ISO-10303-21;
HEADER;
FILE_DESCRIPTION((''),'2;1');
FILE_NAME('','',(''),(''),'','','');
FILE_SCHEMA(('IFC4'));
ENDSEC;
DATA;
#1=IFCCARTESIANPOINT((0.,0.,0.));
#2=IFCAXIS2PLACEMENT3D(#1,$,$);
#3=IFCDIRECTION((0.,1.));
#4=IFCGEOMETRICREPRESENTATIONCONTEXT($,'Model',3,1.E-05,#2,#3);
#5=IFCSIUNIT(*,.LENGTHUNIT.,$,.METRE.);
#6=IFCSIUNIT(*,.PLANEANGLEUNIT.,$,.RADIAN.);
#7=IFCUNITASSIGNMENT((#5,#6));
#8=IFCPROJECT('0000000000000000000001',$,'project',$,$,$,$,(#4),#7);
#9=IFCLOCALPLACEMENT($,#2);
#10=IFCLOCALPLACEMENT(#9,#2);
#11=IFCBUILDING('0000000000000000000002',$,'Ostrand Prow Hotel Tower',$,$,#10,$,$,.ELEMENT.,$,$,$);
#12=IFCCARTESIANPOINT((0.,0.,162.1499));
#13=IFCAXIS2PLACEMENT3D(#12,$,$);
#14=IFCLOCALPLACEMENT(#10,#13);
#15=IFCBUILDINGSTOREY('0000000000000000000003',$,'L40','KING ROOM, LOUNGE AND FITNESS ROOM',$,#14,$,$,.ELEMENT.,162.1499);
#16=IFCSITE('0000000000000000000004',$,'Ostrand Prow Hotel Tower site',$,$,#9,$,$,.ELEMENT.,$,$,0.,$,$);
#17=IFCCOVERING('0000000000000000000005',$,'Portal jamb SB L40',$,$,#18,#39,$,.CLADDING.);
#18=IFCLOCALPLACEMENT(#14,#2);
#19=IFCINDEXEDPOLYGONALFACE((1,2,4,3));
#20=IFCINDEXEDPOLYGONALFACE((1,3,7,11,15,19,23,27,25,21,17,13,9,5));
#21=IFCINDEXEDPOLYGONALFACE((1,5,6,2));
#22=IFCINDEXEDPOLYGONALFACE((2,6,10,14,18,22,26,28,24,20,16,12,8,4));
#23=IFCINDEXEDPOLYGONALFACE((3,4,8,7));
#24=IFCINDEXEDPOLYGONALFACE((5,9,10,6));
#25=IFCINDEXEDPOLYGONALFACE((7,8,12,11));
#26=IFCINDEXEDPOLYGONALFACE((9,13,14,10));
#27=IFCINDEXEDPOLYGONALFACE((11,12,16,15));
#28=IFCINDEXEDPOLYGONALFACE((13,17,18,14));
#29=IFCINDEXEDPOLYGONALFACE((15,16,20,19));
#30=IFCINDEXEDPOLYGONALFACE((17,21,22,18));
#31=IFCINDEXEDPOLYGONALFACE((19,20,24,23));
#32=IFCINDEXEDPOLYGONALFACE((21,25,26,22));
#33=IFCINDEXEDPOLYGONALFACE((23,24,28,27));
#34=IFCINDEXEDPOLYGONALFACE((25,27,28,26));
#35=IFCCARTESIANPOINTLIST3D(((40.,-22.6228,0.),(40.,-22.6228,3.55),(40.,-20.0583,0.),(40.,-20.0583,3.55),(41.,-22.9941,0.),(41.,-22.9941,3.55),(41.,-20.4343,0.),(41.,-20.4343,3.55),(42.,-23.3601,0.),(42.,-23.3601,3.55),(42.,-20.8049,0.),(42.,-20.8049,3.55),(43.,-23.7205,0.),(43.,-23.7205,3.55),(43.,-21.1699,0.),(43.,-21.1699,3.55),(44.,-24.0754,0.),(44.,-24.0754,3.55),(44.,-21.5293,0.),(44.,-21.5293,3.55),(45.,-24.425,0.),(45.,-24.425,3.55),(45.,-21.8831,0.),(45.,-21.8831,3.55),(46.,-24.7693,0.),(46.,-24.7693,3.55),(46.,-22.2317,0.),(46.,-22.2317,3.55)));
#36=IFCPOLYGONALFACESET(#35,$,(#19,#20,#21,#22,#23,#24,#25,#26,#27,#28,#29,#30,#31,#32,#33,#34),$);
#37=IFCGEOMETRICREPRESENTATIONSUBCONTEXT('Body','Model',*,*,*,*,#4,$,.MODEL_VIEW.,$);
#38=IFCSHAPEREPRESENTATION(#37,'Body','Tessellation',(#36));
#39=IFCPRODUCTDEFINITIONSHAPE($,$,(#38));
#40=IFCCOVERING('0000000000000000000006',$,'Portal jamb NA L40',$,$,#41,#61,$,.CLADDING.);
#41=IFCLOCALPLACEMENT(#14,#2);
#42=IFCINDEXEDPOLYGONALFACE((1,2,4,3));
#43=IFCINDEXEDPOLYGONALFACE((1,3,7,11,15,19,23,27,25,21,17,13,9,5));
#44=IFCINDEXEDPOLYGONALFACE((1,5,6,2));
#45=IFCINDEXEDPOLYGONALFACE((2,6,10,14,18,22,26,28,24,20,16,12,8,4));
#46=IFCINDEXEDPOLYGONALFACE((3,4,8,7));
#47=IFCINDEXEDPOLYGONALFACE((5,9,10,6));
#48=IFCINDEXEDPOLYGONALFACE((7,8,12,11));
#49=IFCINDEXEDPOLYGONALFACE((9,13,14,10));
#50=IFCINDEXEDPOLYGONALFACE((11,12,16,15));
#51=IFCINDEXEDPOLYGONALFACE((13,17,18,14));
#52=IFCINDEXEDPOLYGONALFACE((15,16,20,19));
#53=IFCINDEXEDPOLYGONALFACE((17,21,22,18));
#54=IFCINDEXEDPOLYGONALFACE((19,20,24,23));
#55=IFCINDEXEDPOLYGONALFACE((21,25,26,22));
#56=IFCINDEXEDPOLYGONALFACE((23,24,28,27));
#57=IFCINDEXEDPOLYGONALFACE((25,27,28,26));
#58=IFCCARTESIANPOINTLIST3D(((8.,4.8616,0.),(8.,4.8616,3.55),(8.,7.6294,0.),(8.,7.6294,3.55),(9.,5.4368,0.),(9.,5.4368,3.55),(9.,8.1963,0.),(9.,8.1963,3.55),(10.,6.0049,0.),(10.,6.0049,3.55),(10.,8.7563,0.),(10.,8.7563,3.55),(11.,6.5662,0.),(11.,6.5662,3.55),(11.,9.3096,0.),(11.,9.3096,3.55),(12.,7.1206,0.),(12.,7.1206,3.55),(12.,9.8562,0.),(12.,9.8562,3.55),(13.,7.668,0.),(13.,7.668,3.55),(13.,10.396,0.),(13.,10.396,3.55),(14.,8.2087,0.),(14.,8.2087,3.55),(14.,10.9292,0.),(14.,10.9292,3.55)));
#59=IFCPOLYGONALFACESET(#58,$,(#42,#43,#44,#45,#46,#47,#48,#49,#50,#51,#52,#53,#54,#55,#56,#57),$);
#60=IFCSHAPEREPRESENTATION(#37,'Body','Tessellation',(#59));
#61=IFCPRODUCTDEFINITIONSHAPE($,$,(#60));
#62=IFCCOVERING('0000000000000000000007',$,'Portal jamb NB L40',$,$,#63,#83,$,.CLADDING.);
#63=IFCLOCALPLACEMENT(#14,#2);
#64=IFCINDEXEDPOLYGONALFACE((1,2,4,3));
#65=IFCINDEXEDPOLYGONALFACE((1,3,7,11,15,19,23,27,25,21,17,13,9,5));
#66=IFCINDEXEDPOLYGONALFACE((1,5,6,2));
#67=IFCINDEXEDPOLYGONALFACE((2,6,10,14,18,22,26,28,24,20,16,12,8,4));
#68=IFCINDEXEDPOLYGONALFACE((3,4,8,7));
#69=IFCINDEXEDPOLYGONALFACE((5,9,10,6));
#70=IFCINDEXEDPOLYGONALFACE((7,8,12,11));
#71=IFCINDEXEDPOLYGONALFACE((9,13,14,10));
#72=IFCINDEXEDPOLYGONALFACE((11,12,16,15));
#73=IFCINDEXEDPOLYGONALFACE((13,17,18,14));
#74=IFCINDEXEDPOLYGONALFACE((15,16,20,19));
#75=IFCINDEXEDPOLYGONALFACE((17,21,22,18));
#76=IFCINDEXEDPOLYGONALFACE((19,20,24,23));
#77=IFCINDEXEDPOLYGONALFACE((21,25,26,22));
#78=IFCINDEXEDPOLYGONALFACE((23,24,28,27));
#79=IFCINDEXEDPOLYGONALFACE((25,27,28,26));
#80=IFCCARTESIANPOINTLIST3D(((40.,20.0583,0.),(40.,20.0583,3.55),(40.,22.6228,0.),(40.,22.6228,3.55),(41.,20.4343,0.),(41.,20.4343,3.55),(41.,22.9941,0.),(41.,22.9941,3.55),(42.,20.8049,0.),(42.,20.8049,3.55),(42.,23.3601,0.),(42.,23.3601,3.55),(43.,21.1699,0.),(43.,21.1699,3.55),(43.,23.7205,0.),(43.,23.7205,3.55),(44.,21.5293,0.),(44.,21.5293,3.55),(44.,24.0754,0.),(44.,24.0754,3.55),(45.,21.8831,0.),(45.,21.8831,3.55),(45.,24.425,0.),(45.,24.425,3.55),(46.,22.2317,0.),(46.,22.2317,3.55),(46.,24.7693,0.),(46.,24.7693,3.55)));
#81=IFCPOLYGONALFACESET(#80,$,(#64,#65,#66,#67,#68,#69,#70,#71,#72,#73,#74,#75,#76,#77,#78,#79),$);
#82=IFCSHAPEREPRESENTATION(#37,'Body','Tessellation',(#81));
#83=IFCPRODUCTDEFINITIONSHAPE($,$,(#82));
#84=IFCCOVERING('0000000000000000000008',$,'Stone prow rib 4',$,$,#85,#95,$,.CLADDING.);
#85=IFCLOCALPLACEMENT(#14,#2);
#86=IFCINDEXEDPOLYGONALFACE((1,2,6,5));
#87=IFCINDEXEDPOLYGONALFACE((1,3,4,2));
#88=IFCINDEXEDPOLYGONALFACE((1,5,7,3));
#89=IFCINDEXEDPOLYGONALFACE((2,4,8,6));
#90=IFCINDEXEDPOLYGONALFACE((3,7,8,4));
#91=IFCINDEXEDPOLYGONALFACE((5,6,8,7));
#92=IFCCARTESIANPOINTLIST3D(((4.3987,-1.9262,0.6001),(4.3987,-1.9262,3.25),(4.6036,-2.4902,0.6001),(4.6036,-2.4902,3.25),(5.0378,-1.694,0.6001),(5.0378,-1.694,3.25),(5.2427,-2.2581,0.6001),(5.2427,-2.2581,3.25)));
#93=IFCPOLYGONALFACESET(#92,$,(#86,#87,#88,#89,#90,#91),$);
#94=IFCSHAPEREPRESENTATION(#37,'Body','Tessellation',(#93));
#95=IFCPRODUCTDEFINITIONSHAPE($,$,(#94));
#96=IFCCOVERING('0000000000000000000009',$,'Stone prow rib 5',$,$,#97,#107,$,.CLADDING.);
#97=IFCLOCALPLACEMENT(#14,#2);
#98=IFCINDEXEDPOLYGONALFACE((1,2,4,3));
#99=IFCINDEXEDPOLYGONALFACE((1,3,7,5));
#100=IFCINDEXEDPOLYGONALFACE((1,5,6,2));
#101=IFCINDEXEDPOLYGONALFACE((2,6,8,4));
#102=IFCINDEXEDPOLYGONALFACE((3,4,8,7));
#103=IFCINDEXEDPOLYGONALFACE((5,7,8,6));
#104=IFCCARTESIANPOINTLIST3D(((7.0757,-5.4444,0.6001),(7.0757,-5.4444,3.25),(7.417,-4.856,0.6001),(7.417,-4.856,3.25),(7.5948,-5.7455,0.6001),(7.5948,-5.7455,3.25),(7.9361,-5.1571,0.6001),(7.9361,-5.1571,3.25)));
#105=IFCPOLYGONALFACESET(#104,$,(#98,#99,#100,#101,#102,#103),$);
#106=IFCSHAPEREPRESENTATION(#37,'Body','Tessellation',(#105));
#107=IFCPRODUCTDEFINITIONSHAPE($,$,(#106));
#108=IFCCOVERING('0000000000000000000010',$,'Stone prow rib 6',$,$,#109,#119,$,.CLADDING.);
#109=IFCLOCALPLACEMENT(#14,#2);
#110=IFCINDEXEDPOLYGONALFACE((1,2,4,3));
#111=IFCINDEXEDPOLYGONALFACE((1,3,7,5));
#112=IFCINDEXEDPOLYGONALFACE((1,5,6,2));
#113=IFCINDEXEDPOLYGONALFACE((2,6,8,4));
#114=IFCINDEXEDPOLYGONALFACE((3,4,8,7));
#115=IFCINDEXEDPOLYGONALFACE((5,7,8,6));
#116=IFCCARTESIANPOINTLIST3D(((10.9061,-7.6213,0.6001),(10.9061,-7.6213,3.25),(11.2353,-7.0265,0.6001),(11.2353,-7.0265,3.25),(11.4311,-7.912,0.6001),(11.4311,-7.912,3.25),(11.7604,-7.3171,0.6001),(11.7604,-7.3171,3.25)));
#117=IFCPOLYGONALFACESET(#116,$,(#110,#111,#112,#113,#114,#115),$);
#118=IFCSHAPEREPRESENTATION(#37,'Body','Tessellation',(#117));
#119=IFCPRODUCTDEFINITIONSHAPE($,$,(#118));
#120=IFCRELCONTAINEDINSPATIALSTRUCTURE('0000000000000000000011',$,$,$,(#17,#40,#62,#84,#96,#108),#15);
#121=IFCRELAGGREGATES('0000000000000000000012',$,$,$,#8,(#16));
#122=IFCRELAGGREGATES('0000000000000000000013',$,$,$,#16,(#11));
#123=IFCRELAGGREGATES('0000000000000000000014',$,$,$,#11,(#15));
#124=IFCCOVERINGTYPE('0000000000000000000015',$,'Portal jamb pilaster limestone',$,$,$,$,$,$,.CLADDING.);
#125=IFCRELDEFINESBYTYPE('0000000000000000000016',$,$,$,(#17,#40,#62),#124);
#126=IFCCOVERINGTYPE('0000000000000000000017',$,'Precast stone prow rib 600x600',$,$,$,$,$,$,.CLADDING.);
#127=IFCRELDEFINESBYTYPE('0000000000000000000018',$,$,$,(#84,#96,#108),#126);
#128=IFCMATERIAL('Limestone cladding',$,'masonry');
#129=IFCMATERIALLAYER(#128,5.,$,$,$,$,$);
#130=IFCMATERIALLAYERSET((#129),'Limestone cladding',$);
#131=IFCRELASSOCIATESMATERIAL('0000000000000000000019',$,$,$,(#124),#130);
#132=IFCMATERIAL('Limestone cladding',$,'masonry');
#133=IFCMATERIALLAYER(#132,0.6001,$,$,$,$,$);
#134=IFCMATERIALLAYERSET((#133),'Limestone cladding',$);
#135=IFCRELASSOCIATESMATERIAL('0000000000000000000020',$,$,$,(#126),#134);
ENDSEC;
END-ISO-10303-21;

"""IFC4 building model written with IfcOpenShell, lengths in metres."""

from ifc_helpers import new_model, si_unit, direction, frame, frame_2d, origin, place, context, subcontext, project, spatial, polyline, rectangle, outline, extrude, material, layer, layer_set, type_object, element, save


model = new_model("IFC4")

# Units and contexts
model_context = context("Model", 3, precision=1e-05, world=origin(), true_north=direction((0.0, 1.0)))
body_context = subcontext(model_context, "Body", "Model", "MODEL_VIEW")
ifc_project = project(units=[si_unit("LENGTHUNIT", "METRE"), si_unit("PLANEANGLEUNIT", "RADIAN")], contexts=[model_context])

# Site, building, storey
site_placement = place(None, origin())
site = spatial("IfcSite", under=ifc_project, at=site_placement, Name="Ostrand Prow Hotel Tower site", CompositionType="ELEMENT", RefElevation=0.0)
building_placement = place(site_placement, origin())
building = spatial("IfcBuilding", under=site, at=building_placement, Name="Ostrand Prow Hotel Tower", CompositionType="ELEMENT")
storey_placement = place(building_placement, frame((0.0, 0.0, 162.1499)))
storey = spatial("IfcBuildingStorey", under=building, at=storey_placement, Name="L40", Description="KING ROOM, LOUNGE AND FITNESS ROOM", CompositionType="ELEMENT", Elevation=162.1499)

# Coverings
ifc_material_1 = material(Name="Limestone cladding", Category="masonry")
ifc_layer_1 = layer(ifc_material_1, 5.0)
ifc_layer_set_1 = layer_set([ifc_layer_1], Name="Limestone cladding")
covering_type_1 = type_object("IfcCoveringType", Name="Portal jamb pilaster limestone", PredefinedType="CLADDING", material=ifc_layer_set_1)
covering_1_placement = place(storey_placement, origin())
element("IfcCovering", 1, at=covering_1_placement, inside=storey, type_object=covering_type_1, Name="Portal jamb SB L40", PredefinedType="CLADDING", context=body_context, shape_type="SweptSolid", body=[
    extrude(outline(polyline([(40.0, -20.0583), (40.0, -22.6228), (41.0, -22.9941), (42.0, -23.3601), (43.0, -23.7205), (44.0, -24.0754), (45.0, -24.425), (46.0, -24.7693), (46.0, -22.2317), (45.0, -21.8831), (44.0, -21.5293), (43.0, -21.1699), (42.0, -20.8049), (41.0, -20.4343), (40.0, -20.0583)])), origin(), (0.0, 0.0, 1.0), 3.55),
])
covering_2_placement = place(storey_placement, origin())
element("IfcCovering", 2, at=covering_2_placement, inside=storey, type_object=covering_type_1, Name="Portal jamb NA L40", PredefinedType="CLADDING", context=body_context, shape_type="SweptSolid", body=[
    extrude(outline(polyline([(8.0, 4.8616), (9.0, 5.4368), (10.0, 6.0049), (11.0, 6.5662), (12.0, 7.1206), (13.0, 7.668), (14.0, 8.2087), (14.0, 10.9292), (13.0, 10.396), (12.0, 9.8562), (11.0, 9.3096), (10.0, 8.7563), (9.0, 8.1963), (8.0, 7.6294), (8.0, 4.8616)])), origin(), (0.0, 0.0, 1.0), 3.55),
])
covering_3_placement = place(storey_placement, origin())
element("IfcCovering", 3, at=covering_3_placement, inside=storey, type_object=covering_type_1, Name="Portal jamb NB L40", PredefinedType="CLADDING", context=body_context, shape_type="SweptSolid", body=[
    extrude(outline(polyline([(40.0, 20.0583), (41.0, 20.4343), (42.0, 20.8049), (43.0, 21.1699), (44.0, 21.5293), (45.0, 21.8831), (46.0, 22.2317), (46.0, 24.7693), (45.0, 24.425), (44.0, 24.0754), (43.0, 23.7205), (42.0, 23.3601), (41.0, 22.9941), (40.0, 22.6228), (40.0, 20.0583)])), origin(), (0.0, 0.0, 1.0), 3.55),
])
ifc_material_2 = material(Name="Limestone cladding", Category="masonry")
ifc_layer_2 = layer(ifc_material_2, 0.6001)
ifc_layer_set_2 = layer_set([ifc_layer_2], Name="Limestone cladding")
covering_type_2 = type_object("IfcCoveringType", Name="Precast stone prow rib 600x600", PredefinedType="CLADDING", material=ifc_layer_set_2)
covering_4_placement = place(storey_placement, frame((5.1401, -1.9761, 0.6001), z_axis=(0.0, 0.0, 1.0), x_axis=(-0.939909, -0.341426, 0.0)))
element("IfcCovering", 4, at=covering_4_placement, inside=storey, type_object=covering_type_2, Name="Stone prow rib 4", PredefinedType="CLADDING", context=body_context, shape_type="SweptSolid", body=[
    extrude(rectangle(XDim=0.6799, YDim=0.6001, at=frame_2d((0.3398, 0.0))), origin(), (0.0, 0.0, 1.0), 2.6499),
])
covering_5_placement = place(storey_placement, frame((7.6765, -5.0066, 0.6001), z_axis=(0.0, 0.0, 1.0), x_axis=(-0.501772, -0.865, 0.0)))
element("IfcCovering", 5, at=covering_5_placement, inside=storey, type_object=covering_type_2, Name="Stone prow rib 5", PredefinedType="CLADDING", context=body_context, shape_type="SweptSolid", body=[
    extrude(rectangle(XDim=0.6802, YDim=0.6001, at=frame_2d((0.3401, 0.0))), origin(), (0.0, 0.0, 1.0), 2.6499),
])
covering_6_placement = place(storey_placement, frame((11.4978, -7.1719, 0.6001), z_axis=(0.0, 0.0, 1.0), x_axis=(-0.484301, -0.874901, 0.0)))
element("IfcCovering", 6, at=covering_6_placement, inside=storey, type_object=covering_type_2, Name="Stone prow rib 6", PredefinedType="CLADDING", context=body_context, shape_type="SweptSolid", body=[
    extrude(rectangle(XDim=0.6799, YDim=0.6001, at=frame_2d((0.3398, 0.0))), origin(), (0.0, 0.0, 1.0), 2.6499),
])

save(model, "model.ifc")
